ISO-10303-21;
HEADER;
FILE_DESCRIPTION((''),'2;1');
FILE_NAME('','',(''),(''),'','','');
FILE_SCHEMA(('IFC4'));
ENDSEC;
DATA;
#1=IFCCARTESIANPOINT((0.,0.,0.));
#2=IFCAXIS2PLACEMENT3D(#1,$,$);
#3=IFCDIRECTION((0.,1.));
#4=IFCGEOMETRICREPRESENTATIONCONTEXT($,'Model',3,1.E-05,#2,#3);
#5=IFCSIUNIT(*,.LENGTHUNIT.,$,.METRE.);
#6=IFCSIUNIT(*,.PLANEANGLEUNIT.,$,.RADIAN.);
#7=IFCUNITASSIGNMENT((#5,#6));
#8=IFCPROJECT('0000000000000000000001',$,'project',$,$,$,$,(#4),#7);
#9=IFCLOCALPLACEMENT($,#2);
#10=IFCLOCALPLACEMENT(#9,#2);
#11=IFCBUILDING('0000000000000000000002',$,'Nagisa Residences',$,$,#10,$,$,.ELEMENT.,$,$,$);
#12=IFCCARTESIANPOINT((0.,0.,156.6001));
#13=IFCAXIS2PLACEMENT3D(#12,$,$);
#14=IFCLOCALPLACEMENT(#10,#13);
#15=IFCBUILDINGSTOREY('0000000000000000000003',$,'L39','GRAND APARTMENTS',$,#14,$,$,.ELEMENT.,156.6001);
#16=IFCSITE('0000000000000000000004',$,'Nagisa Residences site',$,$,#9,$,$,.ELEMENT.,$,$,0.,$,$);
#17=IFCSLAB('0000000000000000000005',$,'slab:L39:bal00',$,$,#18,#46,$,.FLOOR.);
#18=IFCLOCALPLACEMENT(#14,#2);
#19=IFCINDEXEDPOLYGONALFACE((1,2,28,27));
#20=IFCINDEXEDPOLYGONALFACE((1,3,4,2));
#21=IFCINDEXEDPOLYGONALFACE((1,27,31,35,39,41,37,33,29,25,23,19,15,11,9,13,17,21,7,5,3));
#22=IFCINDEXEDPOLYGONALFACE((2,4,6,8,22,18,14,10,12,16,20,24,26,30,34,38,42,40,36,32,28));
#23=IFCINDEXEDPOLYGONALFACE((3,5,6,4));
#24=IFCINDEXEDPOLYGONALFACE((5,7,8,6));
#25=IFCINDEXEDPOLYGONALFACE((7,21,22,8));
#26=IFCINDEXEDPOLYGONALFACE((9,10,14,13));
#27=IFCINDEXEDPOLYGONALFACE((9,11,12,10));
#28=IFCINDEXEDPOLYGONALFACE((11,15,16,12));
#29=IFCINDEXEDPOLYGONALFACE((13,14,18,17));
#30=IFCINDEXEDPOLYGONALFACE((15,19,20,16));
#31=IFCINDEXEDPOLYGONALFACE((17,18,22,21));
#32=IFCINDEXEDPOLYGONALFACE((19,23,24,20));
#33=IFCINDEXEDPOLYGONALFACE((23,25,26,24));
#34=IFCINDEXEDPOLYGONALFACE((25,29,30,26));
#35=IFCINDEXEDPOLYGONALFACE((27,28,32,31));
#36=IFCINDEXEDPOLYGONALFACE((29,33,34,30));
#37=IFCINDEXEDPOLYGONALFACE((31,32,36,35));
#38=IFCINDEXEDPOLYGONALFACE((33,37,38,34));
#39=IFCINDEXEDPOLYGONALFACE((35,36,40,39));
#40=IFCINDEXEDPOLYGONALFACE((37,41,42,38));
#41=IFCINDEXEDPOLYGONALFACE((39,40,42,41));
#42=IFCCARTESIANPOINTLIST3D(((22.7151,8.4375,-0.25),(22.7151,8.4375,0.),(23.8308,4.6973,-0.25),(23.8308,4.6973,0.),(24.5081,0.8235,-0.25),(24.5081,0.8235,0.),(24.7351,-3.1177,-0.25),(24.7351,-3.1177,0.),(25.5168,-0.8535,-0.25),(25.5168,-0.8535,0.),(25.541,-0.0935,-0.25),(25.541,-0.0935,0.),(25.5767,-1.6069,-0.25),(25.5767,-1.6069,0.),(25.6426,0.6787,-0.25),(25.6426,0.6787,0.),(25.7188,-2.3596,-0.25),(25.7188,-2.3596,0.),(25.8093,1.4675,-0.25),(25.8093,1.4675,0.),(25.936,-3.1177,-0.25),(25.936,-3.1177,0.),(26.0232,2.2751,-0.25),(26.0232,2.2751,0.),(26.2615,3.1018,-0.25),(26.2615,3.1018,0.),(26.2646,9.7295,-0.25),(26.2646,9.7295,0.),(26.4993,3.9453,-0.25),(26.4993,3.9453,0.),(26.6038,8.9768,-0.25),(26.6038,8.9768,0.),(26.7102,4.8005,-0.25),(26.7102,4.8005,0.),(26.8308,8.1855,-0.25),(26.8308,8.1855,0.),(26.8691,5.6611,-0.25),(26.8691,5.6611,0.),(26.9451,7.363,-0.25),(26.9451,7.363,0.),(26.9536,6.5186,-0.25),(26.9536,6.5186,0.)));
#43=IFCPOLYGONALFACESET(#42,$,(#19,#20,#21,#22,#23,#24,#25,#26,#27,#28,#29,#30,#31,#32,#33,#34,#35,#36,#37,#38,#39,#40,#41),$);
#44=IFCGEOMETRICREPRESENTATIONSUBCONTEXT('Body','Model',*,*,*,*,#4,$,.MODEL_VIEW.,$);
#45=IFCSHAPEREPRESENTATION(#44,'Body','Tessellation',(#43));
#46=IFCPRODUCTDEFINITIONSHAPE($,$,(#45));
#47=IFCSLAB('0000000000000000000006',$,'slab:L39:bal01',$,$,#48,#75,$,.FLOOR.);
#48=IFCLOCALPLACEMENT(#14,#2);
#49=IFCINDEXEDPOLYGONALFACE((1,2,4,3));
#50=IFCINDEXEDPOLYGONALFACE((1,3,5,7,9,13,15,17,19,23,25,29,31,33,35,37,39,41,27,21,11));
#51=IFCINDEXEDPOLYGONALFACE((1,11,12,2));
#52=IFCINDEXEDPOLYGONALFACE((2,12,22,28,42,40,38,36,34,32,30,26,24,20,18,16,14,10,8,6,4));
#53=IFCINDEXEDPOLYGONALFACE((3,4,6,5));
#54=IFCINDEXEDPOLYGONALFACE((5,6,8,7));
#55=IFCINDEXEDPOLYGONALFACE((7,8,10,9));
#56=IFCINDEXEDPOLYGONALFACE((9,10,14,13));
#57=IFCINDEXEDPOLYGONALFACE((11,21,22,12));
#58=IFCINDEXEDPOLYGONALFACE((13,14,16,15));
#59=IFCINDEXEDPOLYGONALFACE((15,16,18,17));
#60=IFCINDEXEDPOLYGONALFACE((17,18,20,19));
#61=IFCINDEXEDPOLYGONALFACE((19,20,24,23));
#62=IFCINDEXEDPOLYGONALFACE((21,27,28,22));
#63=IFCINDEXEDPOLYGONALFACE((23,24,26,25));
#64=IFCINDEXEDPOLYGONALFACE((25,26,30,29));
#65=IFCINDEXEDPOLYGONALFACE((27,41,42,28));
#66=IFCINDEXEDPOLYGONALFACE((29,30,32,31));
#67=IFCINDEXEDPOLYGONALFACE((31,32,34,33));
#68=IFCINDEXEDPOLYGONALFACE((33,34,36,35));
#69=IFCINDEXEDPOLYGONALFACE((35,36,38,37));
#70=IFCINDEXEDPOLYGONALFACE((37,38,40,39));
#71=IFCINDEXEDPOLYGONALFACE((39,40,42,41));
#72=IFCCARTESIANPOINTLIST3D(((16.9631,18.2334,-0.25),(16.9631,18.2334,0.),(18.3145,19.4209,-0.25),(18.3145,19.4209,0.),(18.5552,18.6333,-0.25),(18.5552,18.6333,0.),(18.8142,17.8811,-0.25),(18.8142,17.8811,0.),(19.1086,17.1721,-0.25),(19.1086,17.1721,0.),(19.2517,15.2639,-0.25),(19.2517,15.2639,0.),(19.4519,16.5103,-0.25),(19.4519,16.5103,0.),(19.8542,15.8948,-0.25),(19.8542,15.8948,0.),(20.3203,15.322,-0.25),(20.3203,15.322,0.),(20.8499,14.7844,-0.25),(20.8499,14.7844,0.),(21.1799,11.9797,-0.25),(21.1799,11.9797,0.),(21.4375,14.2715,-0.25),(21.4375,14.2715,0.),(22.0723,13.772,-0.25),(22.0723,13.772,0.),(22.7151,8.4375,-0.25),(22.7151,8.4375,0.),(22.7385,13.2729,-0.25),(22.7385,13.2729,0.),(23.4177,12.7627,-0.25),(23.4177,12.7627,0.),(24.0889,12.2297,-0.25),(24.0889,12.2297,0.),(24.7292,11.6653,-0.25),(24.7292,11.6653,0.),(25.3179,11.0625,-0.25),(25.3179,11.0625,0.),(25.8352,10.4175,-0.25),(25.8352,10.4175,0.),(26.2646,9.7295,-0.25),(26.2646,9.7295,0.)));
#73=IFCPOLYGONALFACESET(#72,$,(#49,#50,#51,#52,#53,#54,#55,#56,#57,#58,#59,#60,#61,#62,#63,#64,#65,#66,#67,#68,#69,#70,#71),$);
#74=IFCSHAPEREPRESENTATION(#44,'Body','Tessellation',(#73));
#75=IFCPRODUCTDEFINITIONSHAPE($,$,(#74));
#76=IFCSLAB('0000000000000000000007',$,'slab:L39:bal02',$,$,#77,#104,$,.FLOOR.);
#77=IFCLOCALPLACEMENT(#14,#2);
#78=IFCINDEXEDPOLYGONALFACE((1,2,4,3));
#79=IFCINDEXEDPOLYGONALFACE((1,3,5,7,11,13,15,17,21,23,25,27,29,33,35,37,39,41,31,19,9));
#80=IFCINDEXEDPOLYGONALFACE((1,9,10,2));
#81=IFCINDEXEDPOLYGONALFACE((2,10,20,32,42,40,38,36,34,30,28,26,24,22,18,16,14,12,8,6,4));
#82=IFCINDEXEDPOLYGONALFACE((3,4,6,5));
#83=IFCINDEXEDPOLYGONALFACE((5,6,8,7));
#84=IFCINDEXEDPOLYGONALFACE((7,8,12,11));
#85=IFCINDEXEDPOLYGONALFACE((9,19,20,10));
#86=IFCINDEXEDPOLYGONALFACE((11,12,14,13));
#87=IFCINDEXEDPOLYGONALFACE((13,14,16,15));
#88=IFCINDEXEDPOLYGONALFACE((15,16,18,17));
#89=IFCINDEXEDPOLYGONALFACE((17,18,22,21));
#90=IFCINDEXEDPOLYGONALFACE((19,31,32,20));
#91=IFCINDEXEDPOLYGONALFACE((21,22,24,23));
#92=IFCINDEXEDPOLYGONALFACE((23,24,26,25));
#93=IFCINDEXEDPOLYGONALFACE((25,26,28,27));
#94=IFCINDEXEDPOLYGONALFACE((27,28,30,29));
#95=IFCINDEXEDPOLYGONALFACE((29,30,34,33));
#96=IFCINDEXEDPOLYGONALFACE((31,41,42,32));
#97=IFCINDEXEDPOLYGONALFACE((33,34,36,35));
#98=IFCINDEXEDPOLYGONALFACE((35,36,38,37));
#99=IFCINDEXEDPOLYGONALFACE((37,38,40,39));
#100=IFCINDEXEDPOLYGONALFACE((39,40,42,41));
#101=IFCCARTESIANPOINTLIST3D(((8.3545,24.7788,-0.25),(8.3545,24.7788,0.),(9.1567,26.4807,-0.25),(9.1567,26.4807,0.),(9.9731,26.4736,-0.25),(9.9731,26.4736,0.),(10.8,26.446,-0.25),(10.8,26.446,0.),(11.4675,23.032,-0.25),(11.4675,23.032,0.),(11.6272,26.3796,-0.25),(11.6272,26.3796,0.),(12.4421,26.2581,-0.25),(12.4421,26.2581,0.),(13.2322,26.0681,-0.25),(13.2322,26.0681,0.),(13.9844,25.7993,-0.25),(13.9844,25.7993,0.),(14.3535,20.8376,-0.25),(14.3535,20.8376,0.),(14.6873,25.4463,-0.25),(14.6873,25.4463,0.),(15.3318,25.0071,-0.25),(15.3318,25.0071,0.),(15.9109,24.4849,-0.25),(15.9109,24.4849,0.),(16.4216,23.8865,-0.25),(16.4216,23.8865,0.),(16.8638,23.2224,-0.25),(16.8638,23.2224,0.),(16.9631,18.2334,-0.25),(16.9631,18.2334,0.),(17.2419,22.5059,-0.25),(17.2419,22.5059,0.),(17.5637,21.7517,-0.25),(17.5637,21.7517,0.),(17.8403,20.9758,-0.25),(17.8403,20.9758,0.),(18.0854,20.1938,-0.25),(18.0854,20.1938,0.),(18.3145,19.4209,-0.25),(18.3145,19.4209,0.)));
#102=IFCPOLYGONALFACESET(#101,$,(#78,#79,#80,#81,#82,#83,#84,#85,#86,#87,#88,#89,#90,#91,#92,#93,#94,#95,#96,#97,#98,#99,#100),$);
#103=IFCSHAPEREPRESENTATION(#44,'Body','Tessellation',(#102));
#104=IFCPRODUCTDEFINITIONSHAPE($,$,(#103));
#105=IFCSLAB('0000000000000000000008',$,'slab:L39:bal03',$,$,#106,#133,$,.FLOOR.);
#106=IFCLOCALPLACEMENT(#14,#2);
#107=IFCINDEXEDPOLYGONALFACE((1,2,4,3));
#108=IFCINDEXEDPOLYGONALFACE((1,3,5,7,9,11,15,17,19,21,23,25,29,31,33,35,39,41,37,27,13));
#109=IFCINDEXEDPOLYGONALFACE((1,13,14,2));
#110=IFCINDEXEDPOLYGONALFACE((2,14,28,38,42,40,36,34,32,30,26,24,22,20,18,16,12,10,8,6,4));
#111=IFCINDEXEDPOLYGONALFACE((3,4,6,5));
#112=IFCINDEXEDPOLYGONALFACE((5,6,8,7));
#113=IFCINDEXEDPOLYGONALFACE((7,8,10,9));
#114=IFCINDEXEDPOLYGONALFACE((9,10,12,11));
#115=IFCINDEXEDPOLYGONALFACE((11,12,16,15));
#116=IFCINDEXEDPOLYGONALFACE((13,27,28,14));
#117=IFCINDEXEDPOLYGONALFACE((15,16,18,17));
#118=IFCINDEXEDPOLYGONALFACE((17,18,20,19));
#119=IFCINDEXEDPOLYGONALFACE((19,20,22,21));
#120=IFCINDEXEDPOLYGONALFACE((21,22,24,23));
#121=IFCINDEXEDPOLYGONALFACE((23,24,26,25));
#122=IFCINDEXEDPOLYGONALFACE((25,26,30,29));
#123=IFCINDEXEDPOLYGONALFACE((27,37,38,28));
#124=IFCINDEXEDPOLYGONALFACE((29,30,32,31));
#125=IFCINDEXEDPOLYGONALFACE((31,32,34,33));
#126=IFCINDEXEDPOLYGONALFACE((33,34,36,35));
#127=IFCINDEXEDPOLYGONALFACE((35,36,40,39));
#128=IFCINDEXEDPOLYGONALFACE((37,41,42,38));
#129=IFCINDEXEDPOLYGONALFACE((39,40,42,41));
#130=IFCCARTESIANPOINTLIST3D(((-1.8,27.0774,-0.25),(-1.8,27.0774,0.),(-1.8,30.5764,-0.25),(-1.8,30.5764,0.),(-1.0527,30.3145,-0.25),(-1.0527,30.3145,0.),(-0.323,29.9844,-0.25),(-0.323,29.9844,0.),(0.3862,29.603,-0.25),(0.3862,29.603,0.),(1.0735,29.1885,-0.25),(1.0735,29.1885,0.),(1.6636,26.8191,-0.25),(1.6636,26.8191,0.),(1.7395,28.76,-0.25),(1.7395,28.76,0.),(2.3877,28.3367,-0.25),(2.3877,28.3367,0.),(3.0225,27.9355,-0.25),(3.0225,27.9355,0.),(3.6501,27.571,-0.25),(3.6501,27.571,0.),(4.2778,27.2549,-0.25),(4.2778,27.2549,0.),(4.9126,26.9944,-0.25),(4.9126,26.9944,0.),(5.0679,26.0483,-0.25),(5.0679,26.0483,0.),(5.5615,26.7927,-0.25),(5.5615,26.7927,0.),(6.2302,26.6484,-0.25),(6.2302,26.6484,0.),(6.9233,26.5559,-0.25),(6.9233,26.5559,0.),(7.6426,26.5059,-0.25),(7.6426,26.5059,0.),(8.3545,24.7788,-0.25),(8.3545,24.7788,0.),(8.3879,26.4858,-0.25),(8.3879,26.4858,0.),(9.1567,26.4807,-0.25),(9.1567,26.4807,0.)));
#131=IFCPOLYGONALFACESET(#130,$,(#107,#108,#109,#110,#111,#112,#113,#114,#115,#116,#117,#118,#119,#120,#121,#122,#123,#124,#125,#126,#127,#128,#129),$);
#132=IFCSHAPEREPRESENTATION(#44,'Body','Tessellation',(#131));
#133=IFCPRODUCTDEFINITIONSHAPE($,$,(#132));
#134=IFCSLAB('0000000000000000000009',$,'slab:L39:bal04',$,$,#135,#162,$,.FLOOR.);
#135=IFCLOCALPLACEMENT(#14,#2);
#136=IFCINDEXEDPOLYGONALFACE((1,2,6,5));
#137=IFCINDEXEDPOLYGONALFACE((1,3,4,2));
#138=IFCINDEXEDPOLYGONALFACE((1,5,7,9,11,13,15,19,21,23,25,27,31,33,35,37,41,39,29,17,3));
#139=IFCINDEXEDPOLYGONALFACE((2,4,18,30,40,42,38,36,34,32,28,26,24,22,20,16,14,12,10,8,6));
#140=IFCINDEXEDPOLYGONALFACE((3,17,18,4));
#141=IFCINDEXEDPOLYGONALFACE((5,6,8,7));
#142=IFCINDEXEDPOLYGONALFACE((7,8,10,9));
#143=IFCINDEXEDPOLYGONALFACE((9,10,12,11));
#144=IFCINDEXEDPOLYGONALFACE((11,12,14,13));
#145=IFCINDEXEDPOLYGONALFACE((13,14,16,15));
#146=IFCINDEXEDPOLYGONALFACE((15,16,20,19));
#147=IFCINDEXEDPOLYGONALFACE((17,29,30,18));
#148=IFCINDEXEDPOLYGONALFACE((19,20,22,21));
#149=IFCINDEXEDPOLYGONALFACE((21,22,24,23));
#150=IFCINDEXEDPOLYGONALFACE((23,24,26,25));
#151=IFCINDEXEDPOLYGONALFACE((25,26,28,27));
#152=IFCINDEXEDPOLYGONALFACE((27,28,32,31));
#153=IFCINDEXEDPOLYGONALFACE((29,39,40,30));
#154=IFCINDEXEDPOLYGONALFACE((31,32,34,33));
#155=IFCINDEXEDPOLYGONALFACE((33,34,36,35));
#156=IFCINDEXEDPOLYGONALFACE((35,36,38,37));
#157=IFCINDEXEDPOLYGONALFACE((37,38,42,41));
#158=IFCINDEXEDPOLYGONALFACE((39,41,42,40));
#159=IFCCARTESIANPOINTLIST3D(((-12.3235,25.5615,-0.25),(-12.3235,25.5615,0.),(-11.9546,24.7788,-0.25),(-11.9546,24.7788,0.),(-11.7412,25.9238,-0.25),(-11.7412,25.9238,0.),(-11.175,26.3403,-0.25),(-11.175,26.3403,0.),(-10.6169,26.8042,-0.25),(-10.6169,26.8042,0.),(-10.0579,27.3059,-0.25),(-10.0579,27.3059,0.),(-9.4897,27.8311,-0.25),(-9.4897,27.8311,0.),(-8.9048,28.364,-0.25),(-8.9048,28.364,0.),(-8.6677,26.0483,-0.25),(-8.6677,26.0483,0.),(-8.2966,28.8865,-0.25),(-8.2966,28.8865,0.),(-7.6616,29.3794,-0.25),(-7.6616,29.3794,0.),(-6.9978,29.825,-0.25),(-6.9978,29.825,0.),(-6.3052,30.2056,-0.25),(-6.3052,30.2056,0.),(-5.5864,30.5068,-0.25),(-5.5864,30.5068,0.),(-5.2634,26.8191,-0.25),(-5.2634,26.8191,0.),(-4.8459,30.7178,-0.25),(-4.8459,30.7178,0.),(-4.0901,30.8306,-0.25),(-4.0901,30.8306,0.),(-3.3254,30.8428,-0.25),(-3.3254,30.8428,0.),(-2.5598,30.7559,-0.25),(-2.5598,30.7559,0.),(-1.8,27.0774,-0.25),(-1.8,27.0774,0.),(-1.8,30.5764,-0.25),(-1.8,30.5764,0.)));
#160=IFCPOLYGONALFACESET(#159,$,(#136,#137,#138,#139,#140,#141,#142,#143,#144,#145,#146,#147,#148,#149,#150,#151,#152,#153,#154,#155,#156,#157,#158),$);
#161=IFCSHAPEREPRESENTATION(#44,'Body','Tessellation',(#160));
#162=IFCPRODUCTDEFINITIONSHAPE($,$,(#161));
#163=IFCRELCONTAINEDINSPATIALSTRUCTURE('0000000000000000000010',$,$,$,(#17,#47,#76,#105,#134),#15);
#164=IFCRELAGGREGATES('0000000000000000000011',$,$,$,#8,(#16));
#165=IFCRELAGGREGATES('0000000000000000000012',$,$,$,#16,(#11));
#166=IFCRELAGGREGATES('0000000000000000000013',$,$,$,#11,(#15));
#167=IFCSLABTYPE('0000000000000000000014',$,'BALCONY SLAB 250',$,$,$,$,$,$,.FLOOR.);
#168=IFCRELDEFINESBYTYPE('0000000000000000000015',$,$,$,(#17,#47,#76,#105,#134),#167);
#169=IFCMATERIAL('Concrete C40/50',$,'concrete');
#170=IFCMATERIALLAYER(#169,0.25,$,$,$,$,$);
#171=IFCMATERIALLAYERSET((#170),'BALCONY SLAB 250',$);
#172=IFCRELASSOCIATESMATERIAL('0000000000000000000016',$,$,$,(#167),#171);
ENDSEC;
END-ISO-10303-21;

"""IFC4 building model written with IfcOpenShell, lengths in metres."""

from ifc_helpers import new_model, si_unit, direction, frame, origin, place, context, subcontext, project, spatial, polyline, outline, extrude, material, layer, layer_set, type_object, element, save


model = new_model("IFC4")

# Units and contexts
model_context = context("Model", 3, precision=1e-05, world=origin(), true_north=direction((0.0, 1.0)))
body_context = subcontext(model_context, "Body", "Model", "MODEL_VIEW")
ifc_project = project(units=[si_unit("LENGTHUNIT", "METRE"), si_unit("PLANEANGLEUNIT", "RADIAN")], contexts=[model_context])

# Site, building, storey
site_placement = place(None, origin())
site = spatial("IfcSite", under=ifc_project, at=site_placement, Name="Nagisa Residences site", CompositionType="ELEMENT", RefElevation=0.0)
building_placement = place(site_placement, origin())
building = spatial("IfcBuilding", under=site, at=building_placement, Name="Nagisa Residences", CompositionType="ELEMENT")
storey_placement = place(building_placement, frame((0.0, 0.0, 156.6001)))
storey = spatial("IfcBuildingStorey", under=building, at=storey_placement, Name="L39", Description="GRAND APARTMENTS", CompositionType="ELEMENT", Elevation=156.6001)

# Slabs
ifc_material_1 = material(Name="Concrete C40/50", Category="concrete")
ifc_layer_1 = layer(ifc_material_1, 0.25)
ifc_layer_set_1 = layer_set([ifc_layer_1], Name="BALCONY SLAB 250")
slab_type_1 = type_object("IfcSlabType", Name="BALCONY SLAB 250", PredefinedType="FLOOR", material=ifc_layer_set_1)
slab_1_placement = place(storey_placement, frame((0.0, 0.0, -0.25)))
element("IfcSlab", 1, at=slab_1_placement, inside=storey, type_object=slab_type_1, Name="slab:L39:bal00", PredefinedType="FLOOR", context=body_context, shape_type="SweptSolid", body=[
    extrude(outline(polyline([(25.936, -3.1177), (25.7188, -2.3596), (25.5767, -1.6069), (25.5168, -0.8535), (25.541, -0.0935), (25.6426, 0.6787), (25.8093, 1.4675), (26.0232, 2.2751), (26.2615, 3.1018), (26.4993, 3.9453), (26.7102, 4.8005), (26.8691, 5.6611), (26.9536, 6.5186), (26.9451, 7.363), (26.8308, 8.1855), (26.6038, 8.9768), (26.2646, 9.7295), (22.7151, 8.4375), (23.8308, 4.6973), (24.5081, 0.8235), (24.7351, -3.1177), (25.936, -3.1177)])), origin(), (0.0, 0.0, 1.0), 0.25),
])
slab_2_placement = place(storey_placement, frame((0.0, 0.0, -0.25)))
element("IfcSlab", 2, at=slab_2_placement, inside=storey, type_object=slab_type_1, Name="slab:L39:bal01", PredefinedType="FLOOR", context=body_context, shape_type="SweptSolid", body=[
    extrude(outline(polyline([(26.2646, 9.7295), (25.8352, 10.4175), (25.3179, 11.0625), (24.7292, 11.6653), (24.0889, 12.2297), (23.4177, 12.7627), (22.7385, 13.2729), (22.0723, 13.772), (21.4375, 14.2715), (20.8499, 14.7844), (20.3203, 15.322), (19.8542, 15.8948), (19.4519, 16.5103), (19.1086, 17.1721), (18.8142, 17.8811), (18.5552, 18.6333), (18.3145, 19.4209), (16.9631, 18.2334), (19.2517, 15.2639), (21.1799, 11.9797), (22.7151, 8.4375), (26.2646, 9.7295)])), origin(), (0.0, 0.0, 1.0), 0.25),
])
slab_3_placement = place(storey_placement, frame((0.0, 0.0, -0.25)))
element("IfcSlab", 3, at=slab_3_placement, inside=storey, type_object=slab_type_1, Name="slab:L39:bal02", PredefinedType="FLOOR", context=body_context, shape_type="SweptSolid", body=[
    extrude(outline(polyline([(18.3145, 19.4209), (18.0854, 20.1938), (17.8403, 20.9758), (17.5637, 21.7517), (17.2419, 22.5059), (16.8638, 23.2224), (16.4216, 23.8865), (15.9109, 24.4849), (15.3318, 25.0071), (14.6873, 25.4463), (13.9844, 25.7993), (13.2322, 26.0681), (12.4421, 26.2581), (11.6272, 26.3796), (10.8, 26.446), (9.9731, 26.4736), (9.1567, 26.4807), (8.3545, 24.7788), (11.4675, 23.032), (14.3535, 20.8376), (16.9631, 18.2334), (18.3145, 19.4209)])), origin(), (0.0, 0.0, 1.0), 0.25),
])
slab_4_placement = place(storey_placement, frame((0.0, 0.0, -0.25)))
element("IfcSlab", 4, at=slab_4_placement, inside=storey, type_object=slab_type_1, Name="slab:L39:bal03", PredefinedType="FLOOR", context=body_context, shape_type="SweptSolid", body=[
    extrude(outline(polyline([(9.1567, 26.4807), (8.3879, 26.4858), (7.6426, 26.5059), (6.9233, 26.5559), (6.2302, 26.6484), (5.5615, 26.7927), (4.9126, 26.9944), (4.2778, 27.2549), (3.6501, 27.571), (3.0225, 27.9355), (2.3877, 28.3367), (1.7395, 28.76), (1.0735, 29.1885), (0.3862, 29.603), (-0.323, 29.9844), (-1.0527, 30.3145), (-1.8, 30.5764), (-1.8, 27.0774), (1.6636, 26.8191), (5.0679, 26.0483), (8.3545, 24.7788), (9.1567, 26.4807)])), origin(), (0.0, 0.0, 1.0), 0.25),
])
slab_5_placement = place(storey_placement, frame((0.0, 0.0, -0.25)))
element("IfcSlab", 5, at=slab_5_placement, inside=storey, type_object=slab_type_1, Name="slab:L39:bal04", PredefinedType="FLOOR", context=body_context, shape_type="SweptSolid", body=[
    extrude(outline(polyline([(-1.8, 30.5764), (-2.5598, 30.7559), (-3.3254, 30.8428), (-4.0901, 30.8306), (-4.8459, 30.7178), (-5.5864, 30.5068), (-6.3052, 30.2056), (-6.9978, 29.825), (-7.6616, 29.3794), (-8.2966, 28.8865), (-8.9048, 28.364), (-9.4897, 27.8311), (-10.0579, 27.3059), (-10.6169, 26.8042), (-11.175, 26.3403), (-11.7412, 25.9238), (-12.3235, 25.5615), (-11.9546, 24.7788), (-8.6677, 26.0483), (-5.2634, 26.8191), (-1.8, 27.0774), (-1.8, 30.5764)])), origin(), (0.0, 0.0, 1.0), 0.25),
])

save(model, "model.ifc")
